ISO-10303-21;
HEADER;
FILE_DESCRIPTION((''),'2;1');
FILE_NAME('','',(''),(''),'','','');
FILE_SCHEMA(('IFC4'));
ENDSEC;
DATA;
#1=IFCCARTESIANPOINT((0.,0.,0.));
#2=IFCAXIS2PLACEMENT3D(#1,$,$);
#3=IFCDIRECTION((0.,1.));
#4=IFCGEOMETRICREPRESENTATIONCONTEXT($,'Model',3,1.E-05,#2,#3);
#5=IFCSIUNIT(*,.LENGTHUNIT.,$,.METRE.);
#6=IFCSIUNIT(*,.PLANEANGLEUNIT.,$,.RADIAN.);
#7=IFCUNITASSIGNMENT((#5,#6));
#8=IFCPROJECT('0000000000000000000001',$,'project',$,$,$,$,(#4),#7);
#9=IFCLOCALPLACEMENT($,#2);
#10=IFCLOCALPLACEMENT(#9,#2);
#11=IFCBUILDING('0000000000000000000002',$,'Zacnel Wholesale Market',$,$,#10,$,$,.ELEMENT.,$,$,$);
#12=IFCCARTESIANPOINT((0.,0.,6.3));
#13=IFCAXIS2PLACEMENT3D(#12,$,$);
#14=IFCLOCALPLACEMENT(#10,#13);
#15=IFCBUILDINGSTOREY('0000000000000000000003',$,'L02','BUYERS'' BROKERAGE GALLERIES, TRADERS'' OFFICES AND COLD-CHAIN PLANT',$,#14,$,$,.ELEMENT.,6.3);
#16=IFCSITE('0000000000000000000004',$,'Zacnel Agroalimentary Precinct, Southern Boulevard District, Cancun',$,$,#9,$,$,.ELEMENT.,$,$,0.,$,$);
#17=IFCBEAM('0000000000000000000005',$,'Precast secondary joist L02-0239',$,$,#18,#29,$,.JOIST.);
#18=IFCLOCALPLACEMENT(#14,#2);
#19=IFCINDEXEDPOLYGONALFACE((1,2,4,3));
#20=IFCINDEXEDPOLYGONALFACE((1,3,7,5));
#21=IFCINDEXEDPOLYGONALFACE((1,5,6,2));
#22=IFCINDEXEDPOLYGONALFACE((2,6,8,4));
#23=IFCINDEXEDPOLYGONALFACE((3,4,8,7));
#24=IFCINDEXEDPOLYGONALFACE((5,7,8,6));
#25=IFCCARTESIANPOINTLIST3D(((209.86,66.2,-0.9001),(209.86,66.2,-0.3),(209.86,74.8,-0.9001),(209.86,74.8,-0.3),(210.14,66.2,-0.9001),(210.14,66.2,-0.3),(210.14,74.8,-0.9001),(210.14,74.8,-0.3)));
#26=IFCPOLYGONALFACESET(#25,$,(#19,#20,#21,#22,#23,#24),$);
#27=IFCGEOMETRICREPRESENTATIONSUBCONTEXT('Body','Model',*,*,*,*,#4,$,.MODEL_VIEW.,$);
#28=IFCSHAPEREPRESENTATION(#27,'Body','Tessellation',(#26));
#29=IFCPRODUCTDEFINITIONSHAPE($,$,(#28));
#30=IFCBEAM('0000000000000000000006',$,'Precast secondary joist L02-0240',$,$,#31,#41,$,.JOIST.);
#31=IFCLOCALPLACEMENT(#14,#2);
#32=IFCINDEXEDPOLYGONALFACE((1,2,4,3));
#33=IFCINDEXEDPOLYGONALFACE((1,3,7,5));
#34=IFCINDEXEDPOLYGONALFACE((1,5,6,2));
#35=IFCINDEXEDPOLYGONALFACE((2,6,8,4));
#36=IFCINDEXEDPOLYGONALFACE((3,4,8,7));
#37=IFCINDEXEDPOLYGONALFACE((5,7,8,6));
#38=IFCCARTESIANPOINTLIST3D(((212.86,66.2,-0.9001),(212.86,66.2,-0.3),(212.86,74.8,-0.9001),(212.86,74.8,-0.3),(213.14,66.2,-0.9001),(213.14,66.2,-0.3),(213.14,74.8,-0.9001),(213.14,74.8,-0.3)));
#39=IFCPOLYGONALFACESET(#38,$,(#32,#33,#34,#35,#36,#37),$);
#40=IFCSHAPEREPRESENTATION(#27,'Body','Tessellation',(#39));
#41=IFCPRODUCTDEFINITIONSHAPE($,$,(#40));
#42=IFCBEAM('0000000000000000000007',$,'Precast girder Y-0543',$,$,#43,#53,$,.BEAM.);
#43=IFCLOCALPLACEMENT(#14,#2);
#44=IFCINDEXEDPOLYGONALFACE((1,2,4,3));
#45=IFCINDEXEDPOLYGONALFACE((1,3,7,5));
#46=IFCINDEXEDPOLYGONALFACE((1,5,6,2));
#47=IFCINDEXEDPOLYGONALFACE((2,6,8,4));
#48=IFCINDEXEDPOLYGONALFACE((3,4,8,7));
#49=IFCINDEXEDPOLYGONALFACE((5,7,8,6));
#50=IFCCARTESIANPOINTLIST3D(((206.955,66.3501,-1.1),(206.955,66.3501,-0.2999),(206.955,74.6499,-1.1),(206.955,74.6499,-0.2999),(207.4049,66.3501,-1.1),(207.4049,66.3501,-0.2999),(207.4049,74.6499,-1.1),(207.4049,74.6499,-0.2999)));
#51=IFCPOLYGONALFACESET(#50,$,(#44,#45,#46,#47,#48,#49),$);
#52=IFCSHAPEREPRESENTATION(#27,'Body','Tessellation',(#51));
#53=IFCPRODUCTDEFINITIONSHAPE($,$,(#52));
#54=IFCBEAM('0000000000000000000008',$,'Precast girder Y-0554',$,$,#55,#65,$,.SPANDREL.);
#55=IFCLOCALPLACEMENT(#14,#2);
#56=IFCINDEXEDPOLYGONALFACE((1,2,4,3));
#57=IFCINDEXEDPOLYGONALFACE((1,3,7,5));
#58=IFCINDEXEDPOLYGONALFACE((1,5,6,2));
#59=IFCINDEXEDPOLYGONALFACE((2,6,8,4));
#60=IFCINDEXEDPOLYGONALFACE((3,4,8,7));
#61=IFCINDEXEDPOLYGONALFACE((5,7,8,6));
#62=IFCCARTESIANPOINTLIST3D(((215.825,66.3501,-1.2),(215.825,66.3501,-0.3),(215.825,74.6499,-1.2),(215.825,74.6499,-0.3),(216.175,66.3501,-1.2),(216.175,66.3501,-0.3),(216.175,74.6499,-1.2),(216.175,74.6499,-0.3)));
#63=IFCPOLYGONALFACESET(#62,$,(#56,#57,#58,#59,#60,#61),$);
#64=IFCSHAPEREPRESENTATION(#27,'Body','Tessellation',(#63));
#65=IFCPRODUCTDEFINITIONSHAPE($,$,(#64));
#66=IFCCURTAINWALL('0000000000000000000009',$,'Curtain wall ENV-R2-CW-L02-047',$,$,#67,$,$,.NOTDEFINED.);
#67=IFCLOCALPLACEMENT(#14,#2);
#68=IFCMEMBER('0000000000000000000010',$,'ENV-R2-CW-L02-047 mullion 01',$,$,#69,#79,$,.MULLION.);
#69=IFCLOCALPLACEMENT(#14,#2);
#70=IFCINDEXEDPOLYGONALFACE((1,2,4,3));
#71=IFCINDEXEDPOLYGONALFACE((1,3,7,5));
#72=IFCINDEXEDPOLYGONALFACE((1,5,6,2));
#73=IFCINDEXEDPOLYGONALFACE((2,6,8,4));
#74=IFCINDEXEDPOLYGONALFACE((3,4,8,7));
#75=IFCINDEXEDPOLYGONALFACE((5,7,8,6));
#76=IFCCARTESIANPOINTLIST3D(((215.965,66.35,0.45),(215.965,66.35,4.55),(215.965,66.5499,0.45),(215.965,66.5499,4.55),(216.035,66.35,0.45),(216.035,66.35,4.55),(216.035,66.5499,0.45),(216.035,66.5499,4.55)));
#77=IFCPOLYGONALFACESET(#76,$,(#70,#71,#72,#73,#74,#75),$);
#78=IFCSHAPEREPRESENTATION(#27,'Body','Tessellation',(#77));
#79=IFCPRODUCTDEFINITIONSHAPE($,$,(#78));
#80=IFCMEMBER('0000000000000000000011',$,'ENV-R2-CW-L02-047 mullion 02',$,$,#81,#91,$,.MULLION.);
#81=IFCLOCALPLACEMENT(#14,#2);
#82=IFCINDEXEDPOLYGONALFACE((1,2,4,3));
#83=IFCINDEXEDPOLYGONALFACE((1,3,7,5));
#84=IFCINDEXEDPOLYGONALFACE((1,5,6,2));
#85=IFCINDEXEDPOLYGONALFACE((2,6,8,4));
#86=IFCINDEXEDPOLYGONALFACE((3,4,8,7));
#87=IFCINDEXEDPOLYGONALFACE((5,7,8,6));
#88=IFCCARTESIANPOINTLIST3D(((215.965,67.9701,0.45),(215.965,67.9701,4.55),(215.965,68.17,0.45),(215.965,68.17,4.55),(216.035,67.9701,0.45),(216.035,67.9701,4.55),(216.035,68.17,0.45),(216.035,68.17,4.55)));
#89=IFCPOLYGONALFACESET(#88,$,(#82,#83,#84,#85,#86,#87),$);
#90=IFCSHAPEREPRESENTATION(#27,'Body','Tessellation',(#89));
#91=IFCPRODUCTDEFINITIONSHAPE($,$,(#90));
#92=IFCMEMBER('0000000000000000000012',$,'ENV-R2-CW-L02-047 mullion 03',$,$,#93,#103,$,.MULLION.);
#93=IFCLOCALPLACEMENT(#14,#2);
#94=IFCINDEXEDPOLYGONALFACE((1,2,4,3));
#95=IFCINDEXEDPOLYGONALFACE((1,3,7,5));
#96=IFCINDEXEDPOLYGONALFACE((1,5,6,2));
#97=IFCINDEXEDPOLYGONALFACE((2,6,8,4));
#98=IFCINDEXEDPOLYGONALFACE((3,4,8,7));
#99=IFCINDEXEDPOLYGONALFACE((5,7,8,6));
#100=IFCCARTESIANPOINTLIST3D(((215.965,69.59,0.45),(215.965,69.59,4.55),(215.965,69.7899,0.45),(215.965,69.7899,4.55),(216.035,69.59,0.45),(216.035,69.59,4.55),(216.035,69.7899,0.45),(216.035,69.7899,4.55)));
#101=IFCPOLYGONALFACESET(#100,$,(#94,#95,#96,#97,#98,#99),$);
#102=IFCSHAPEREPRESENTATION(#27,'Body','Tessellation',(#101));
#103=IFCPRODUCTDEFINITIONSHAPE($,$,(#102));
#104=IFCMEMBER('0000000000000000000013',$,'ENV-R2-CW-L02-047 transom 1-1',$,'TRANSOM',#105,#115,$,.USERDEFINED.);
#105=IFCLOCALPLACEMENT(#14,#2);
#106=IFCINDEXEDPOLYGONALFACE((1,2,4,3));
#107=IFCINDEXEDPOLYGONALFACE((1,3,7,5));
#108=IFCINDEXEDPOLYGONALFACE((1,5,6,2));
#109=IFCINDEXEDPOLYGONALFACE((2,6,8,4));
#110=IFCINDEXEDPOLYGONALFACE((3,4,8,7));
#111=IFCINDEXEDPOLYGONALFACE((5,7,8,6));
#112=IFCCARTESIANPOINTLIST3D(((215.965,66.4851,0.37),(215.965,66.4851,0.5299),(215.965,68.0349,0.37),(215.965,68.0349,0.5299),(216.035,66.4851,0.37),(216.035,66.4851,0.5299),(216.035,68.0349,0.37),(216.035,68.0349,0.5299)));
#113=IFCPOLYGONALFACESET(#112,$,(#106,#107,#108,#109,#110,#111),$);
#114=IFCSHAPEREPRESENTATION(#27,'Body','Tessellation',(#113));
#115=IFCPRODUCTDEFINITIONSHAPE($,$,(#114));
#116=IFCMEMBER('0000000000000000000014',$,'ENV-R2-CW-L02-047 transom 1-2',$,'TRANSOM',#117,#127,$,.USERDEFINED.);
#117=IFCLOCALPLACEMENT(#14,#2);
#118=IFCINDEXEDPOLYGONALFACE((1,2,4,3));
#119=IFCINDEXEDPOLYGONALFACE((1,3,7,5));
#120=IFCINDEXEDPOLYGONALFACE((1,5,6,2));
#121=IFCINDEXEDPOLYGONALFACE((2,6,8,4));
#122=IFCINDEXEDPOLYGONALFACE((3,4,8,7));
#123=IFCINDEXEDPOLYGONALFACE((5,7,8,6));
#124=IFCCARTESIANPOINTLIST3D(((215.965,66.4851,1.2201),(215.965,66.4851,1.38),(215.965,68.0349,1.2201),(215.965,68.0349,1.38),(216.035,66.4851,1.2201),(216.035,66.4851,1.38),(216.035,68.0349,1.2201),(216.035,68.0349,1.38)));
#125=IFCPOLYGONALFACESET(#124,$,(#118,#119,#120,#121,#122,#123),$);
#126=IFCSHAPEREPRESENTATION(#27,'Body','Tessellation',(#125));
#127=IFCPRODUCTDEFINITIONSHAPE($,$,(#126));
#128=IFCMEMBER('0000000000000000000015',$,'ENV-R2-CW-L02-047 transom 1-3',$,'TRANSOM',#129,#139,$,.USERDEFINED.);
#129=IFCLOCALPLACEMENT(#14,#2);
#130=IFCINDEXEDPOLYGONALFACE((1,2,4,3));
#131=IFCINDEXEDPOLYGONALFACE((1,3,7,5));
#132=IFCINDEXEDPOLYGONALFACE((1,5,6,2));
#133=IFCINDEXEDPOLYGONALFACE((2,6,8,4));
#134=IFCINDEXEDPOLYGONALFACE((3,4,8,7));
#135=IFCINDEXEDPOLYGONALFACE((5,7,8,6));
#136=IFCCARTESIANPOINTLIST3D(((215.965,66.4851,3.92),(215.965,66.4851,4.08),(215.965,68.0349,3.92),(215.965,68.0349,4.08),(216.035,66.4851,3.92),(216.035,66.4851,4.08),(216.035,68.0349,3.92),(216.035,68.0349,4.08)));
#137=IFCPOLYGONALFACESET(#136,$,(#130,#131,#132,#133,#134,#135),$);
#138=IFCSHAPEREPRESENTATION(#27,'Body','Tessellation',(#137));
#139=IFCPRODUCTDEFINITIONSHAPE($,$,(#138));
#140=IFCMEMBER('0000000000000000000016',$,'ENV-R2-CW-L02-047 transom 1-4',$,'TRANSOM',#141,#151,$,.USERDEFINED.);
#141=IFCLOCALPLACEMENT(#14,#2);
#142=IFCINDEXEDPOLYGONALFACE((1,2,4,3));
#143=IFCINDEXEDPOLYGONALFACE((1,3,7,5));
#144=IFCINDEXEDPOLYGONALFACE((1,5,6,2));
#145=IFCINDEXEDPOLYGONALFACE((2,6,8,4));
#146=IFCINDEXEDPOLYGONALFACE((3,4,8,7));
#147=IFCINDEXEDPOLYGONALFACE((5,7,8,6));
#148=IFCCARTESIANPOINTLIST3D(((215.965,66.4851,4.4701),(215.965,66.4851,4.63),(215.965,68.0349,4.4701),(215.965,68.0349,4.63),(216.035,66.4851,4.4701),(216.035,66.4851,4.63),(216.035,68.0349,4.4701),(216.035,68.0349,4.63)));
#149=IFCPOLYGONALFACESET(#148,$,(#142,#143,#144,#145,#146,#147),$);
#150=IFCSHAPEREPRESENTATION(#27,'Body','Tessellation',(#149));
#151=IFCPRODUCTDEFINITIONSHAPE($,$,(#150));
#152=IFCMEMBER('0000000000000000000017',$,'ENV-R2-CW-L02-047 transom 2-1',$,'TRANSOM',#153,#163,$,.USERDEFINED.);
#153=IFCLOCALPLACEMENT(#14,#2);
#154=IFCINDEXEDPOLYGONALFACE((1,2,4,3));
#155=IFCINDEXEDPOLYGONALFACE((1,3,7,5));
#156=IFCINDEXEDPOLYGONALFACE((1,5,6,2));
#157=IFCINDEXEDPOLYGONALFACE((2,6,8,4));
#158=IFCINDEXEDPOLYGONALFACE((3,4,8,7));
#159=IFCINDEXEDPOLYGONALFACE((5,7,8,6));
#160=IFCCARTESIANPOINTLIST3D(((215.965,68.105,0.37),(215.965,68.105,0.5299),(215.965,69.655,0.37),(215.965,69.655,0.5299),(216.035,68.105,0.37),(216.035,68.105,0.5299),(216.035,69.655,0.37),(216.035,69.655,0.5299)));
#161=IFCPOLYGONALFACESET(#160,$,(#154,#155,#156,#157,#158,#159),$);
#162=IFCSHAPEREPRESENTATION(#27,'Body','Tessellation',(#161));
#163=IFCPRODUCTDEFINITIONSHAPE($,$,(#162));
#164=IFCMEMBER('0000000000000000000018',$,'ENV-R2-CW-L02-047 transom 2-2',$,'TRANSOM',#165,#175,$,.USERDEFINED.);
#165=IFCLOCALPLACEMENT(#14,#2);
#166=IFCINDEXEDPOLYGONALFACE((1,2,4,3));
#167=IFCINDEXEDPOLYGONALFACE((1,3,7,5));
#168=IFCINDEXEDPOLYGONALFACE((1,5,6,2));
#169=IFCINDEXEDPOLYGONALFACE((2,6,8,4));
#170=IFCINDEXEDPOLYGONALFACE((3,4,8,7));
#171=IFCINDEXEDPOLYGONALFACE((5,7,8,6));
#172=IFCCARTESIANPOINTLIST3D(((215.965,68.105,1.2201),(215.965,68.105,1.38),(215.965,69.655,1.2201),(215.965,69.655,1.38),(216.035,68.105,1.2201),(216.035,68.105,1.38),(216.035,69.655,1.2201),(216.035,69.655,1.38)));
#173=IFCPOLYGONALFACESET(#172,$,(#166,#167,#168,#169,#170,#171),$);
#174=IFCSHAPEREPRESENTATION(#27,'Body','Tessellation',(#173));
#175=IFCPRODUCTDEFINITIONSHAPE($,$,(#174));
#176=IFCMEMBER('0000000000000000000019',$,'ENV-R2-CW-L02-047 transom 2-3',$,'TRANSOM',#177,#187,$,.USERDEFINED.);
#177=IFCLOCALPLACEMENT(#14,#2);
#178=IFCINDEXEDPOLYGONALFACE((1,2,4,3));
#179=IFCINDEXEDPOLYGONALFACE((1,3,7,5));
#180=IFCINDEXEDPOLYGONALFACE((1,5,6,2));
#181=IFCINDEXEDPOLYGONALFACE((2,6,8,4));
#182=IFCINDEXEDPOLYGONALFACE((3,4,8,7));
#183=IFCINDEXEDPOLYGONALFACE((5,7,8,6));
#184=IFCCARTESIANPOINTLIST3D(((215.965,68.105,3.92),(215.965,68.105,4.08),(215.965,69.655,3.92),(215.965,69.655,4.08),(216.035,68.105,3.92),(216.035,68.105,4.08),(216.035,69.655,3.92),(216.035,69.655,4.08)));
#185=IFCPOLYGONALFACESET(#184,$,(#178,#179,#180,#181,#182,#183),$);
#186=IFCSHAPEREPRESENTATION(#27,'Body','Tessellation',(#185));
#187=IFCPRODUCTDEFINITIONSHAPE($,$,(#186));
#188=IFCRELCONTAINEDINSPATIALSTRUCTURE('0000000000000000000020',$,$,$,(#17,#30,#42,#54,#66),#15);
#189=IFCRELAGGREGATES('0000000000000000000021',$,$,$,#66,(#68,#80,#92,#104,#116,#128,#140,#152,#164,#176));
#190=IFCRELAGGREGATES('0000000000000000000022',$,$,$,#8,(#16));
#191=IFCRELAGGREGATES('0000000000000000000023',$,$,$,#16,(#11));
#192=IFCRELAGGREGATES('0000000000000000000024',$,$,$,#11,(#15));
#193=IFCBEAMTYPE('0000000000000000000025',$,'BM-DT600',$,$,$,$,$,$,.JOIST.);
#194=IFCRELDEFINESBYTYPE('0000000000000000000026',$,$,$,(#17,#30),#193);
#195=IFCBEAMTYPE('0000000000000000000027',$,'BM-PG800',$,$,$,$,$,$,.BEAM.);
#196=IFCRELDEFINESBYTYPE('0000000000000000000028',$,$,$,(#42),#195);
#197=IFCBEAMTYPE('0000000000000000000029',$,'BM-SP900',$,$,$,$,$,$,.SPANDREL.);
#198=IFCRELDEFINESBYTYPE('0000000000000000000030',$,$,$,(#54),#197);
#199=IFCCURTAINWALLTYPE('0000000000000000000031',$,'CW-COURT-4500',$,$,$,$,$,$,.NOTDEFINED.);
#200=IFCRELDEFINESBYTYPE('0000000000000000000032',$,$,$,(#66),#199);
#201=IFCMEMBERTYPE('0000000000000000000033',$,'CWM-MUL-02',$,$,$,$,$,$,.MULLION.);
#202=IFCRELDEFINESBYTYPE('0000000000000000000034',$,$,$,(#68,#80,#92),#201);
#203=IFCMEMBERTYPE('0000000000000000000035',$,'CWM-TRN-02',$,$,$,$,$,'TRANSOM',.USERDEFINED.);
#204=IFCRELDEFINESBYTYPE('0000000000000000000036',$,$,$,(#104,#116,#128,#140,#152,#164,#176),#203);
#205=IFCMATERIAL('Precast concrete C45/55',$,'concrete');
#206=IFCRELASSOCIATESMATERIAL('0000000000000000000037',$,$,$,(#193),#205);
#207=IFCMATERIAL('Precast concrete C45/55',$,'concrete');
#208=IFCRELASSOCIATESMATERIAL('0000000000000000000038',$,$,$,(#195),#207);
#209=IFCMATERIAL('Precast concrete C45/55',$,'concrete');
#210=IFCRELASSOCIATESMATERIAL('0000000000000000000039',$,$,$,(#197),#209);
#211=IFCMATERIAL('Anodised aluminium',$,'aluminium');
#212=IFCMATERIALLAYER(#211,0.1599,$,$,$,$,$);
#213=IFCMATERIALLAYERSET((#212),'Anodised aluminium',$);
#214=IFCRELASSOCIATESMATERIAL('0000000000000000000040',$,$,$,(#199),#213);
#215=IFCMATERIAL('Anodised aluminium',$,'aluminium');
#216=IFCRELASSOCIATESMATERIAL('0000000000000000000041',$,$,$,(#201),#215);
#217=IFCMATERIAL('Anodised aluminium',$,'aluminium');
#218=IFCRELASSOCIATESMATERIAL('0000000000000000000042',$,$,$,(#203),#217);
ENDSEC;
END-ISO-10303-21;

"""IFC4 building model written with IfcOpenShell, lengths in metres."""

from ifc_helpers import new_model, si_unit, direction, frame, origin, origin_2d, place, context, subcontext, project, spatial, rectangle, extrude, material, layer, layer_set, material_profile, profile_set, type_object, element, aggregate, save


model = new_model("IFC4")

# Units and contexts
model_context = context("Model", 3, precision=1e-05, world=origin(), true_north=direction((0.0, 1.0)))
body_context = subcontext(model_context, "Body", "Model", "MODEL_VIEW")
ifc_project = project(units=[si_unit("LENGTHUNIT", "METRE"), si_unit("PLANEANGLEUNIT", "RADIAN")], contexts=[model_context])

# Site, building, storey
site_placement = place(None, origin())
site = spatial("IfcSite", under=ifc_project, at=site_placement, Name="Zacnel Agroalimentary Precinct, Southern Boulevard District, Cancun", CompositionType="ELEMENT", RefElevation=0.0)
building_placement = place(site_placement, origin())
building = spatial("IfcBuilding", under=site, at=building_placement, Name="Zacnel Wholesale Market", CompositionType="ELEMENT")
storey_placement = place(building_placement, frame((0.0, 0.0, 6.3)))
storey = spatial("IfcBuildingStorey", under=building, at=storey_placement, Name="L02", Description="BUYERS' BROKERAGE GALLERIES, TRADERS' OFFICES AND COLD-CHAIN PLANT", CompositionType="ELEMENT", Elevation=6.3)

# Beams
ifc_material_1 = material(Name="Precast concrete C45/55", Category="concrete")
ifc_material_profile_1 = material_profile(ifc_material_1, rectangle(XDim=0.28, YDim=0.6001, at=origin_2d()), Name="DT RIB 280x600")
ifc_profile_set_1 = profile_set([ifc_material_profile_1], Name="Precast concrete C45/55")
beam_type_1 = type_object("IfcBeamType", Name="BM-DT600", PredefinedType="JOIST", material=ifc_profile_set_1)
for number, where, z_axis, x_axis, name in (
    (1, (210.0, 66.2, -0.6001), (0.0, 1.0, 0.0), (-1.0, 0.0, 0.0), "Precast secondary joist L02-0239"),
    (2, (213.0, 66.2, -0.6001), (0.0, 1.0, 0.0), (-1.0, 0.0, 0.0), "Precast secondary joist L02-0240"),
):
    element("IfcBeam", number, at=place(storey_placement, frame(where, z_axis=z_axis, x_axis=x_axis)), inside=storey, type_object=beam_type_1, Name=name, PredefinedType="JOIST", context=body_context, shape_type="SweptSolid", body=[
        extrude(rectangle(XDim=0.28, YDim=0.6001, at=origin_2d()), origin(), (0.0, 0.0, 1.0), 8.6001),
    ])
ifc_material_2 = material(Name="Precast concrete C45/55", Category="concrete")
ifc_material_profile_2 = material_profile(ifc_material_2, rectangle(XDim=0.45, YDim=0.8, at=origin_2d()), Name="PG 450x800")
ifc_profile_set_2 = profile_set([ifc_material_profile_2], Name="Precast concrete C45/55")
beam_type_2 = type_object("IfcBeamType", Name="BM-PG800", PredefinedType="BEAM", material=ifc_profile_set_2)
beam_1_placement = place(storey_placement, frame((207.1799, 66.3501, -0.7), z_axis=(0.0, 1.0, 0.0), x_axis=(-1.0, 0.0, 0.0)))
element("IfcBeam", 3, at=beam_1_placement, inside=storey, type_object=beam_type_2, Name="Precast girder Y-0543", PredefinedType="BEAM", context=body_context, shape_type="SweptSolid", body=[
    extrude(rectangle(XDim=0.45, YDim=0.8, at=origin_2d()), origin(), (0.0, 0.0, 1.0), 8.2998),
])
ifc_material_3 = material(Name="Precast concrete C45/55", Category="concrete")
ifc_material_profile_3 = material_profile(ifc_material_3, rectangle(XDim=0.3501, YDim=0.8999, at=origin_2d()), Name="SP 350x900")
ifc_profile_set_3 = profile_set([ifc_material_profile_3], Name="Precast concrete C45/55")
beam_type_3 = type_object("IfcBeamType", Name="BM-SP900", PredefinedType="SPANDREL", material=ifc_profile_set_3)
beam_2_placement = place(storey_placement, frame((216.0, 66.3501, -0.75), z_axis=(0.0, 1.0, 0.0), x_axis=(-1.0, 0.0, 0.0)))
element("IfcBeam", 4, at=beam_2_placement, inside=storey, type_object=beam_type_3, Name="Precast girder Y-0554", PredefinedType="SPANDREL", context=body_context, shape_type="SweptSolid", body=[
    extrude(rectangle(XDim=0.3501, YDim=0.8999, at=origin_2d()), origin(), (0.0, 0.0, 1.0), 8.2998),
])

# Curtain wall, members
ifc_material_4 = material(Name="Anodised aluminium", Category="aluminium")
ifc_layer_1 = layer(ifc_material_4, 0.1599)
ifc_layer_set_1 = layer_set([ifc_layer_1], Name="Anodised aluminium")
curtain_wall_type = type_object("IfcCurtainWallType", Name="CW-COURT-4500", PredefinedType="NOTDEFINED", material=ifc_layer_set_1)
curtain_wall_placement = place(storey_placement, origin())
curtain_wall = element("IfcCurtainWall", 5, at=curtain_wall_placement, inside=storey, type_object=curtain_wall_type, Name="Curtain wall ENV-R2-CW-L02-047", PredefinedType="NOTDEFINED")
ifc_material_5 = material(Name="Anodised aluminium", Category="aluminium")
ifc_material_profile_4 = material_profile(ifc_material_5, rectangle(XDim=0.0701, YDim=0.2, at=origin_2d()), Name="AW-MULLION 70x200")
ifc_profile_set_4 = profile_set([ifc_material_profile_4], Name="Anodised aluminium")
member_type_1 = type_object("IfcMemberType", Name="CWM-MUL-02", PredefinedType="MULLION", material=ifc_profile_set_4)
member_1_placement = place(storey_placement, frame((216.0, 66.45, 0.45), z_axis=(0.0, 0.0, 1.0), x_axis=(1.0, 0.0, 0.0)))
member_1 = element("IfcMember", 6, at=member_1_placement, type_object=member_type_1, Name="ENV-R2-CW-L02-047 mullion 01", PredefinedType="MULLION", context=body_context, shape_type="SweptSolid", body=[
    extrude(rectangle(XDim=0.0701, YDim=0.2, at=origin_2d()), origin(), (0.0, 0.0, 1.0), 4.1001),
])
member_2_placement = place(storey_placement, frame((216.0, 68.0701, 0.45), z_axis=(0.0, 0.0, 1.0), x_axis=(1.0, 0.0, 0.0)))
member_2 = element("IfcMember", 7, at=member_2_placement, type_object=member_type_1, Name="ENV-R2-CW-L02-047 mullion 02", PredefinedType="MULLION", context=body_context, shape_type="SweptSolid", body=[
    extrude(rectangle(XDim=0.0701, YDim=0.2, at=origin_2d()), origin(), (0.0, 0.0, 1.0), 4.1001),
])
member_3_placement = place(storey_placement, frame((216.0, 69.6899, 0.45), z_axis=(0.0, 0.0, 1.0), x_axis=(1.0, 0.0, 0.0)))
member_3 = element("IfcMember", 8, at=member_3_placement, type_object=member_type_1, Name="ENV-R2-CW-L02-047 mullion 03", PredefinedType="MULLION", context=body_context, shape_type="SweptSolid", body=[
    extrude(rectangle(XDim=0.0701, YDim=0.2, at=origin_2d()), origin(), (0.0, 0.0, 1.0), 4.1001),
])
ifc_material_6 = material(Name="Anodised aluminium", Category="aluminium")
ifc_material_profile_5 = material_profile(ifc_material_6, rectangle(XDim=0.0701, YDim=0.1599, at=origin_2d()), Name="AW-TRANSOM 70x160")
ifc_profile_set_5 = profile_set([ifc_material_profile_5], Name="Anodised aluminium")
member_type_2 = type_object("IfcMemberType", Name="CWM-TRN-02", ElementType="TRANSOM", PredefinedType="USERDEFINED", material=ifc_profile_set_5)
member_4_placement = place(storey_placement, frame((216.0, 66.4851, 0.45), z_axis=(0.0, 1.0, 0.0), x_axis=(-1.0, 0.0, 0.0)))
member_4 = element("IfcMember", 9, at=member_4_placement, type_object=member_type_2, Name="ENV-R2-CW-L02-047 transom 1-1", ObjectType="TRANSOM", PredefinedType="USERDEFINED", context=body_context, shape_type="SweptSolid", body=[
    extrude(rectangle(XDim=0.0701, YDim=0.1599, at=origin_2d()), origin(), (0.0, 0.0, 1.0), 1.5498),
])
member_5_placement = place(storey_placement, frame((216.0, 66.4851, 1.3), z_axis=(0.0, 1.0, 0.0), x_axis=(-1.0, 0.0, 0.0)))
member_5 = element("IfcMember", 10, at=member_5_placement, type_object=member_type_2, Name="ENV-R2-CW-L02-047 transom 1-2", ObjectType="TRANSOM", PredefinedType="USERDEFINED", context=body_context, shape_type="SweptSolid", body=[
    extrude(rectangle(XDim=0.0701, YDim=0.1599, at=origin_2d()), origin(), (0.0, 0.0, 1.0), 1.5498),
])
member_6_placement = place(storey_placement, frame((216.0, 66.4851, 4.0), z_axis=(0.0, 1.0, 0.0), x_axis=(-1.0, 0.0, 0.0)))
member_6 = element("IfcMember", 11, at=member_6_placement, type_object=member_type_2, Name="ENV-R2-CW-L02-047 transom 1-3", ObjectType="TRANSOM", PredefinedType="USERDEFINED", context=body_context, shape_type="SweptSolid", body=[
    extrude(rectangle(XDim=0.0701, YDim=0.1599, at=origin_2d()), origin(), (0.0, 0.0, 1.0), 1.5498),
])
member_7_placement = place(storey_placement, frame((216.0, 66.4851, 4.55), z_axis=(0.0, 1.0, 0.0), x_axis=(-1.0, 0.0, 0.0)))
member_7 = element("IfcMember", 12, at=member_7_placement, type_object=member_type_2, Name="ENV-R2-CW-L02-047 transom 1-4", ObjectType="TRANSOM", PredefinedType="USERDEFINED", context=body_context, shape_type="SweptSolid", body=[
    extrude(rectangle(XDim=0.0701, YDim=0.1599, at=origin_2d()), origin(), (0.0, 0.0, 1.0), 1.5498),
])
member_8_placement = place(storey_placement, frame((216.0, 68.105, 0.45), z_axis=(0.0, 1.0, 0.0), x_axis=(-1.0, 0.0, 0.0)))
member_8 = element("IfcMember", 13, at=member_8_placement, type_object=member_type_2, Name="ENV-R2-CW-L02-047 transom 2-1", ObjectType="TRANSOM", PredefinedType="USERDEFINED", context=body_context, shape_type="SweptSolid", body=[
    extrude(rectangle(XDim=0.0701, YDim=0.1599, at=origin_2d()), origin(), (0.0, 0.0, 1.0), 1.55),
])
member_9_placement = place(storey_placement, frame((216.0, 68.105, 1.3), z_axis=(0.0, 1.0, 0.0), x_axis=(-1.0, 0.0, 0.0)))
member_9 = element("IfcMember", 14, at=member_9_placement, type_object=member_type_2, Name="ENV-R2-CW-L02-047 transom 2-2", ObjectType="TRANSOM", PredefinedType="USERDEFINED", context=body_context, shape_type="SweptSolid", body=[
    extrude(rectangle(XDim=0.0701, YDim=0.1599, at=origin_2d()), origin(), (0.0, 0.0, 1.0), 1.55),
])
member_10_placement = place(storey_placement, frame((216.0, 68.105, 4.0), z_axis=(0.0, 1.0, 0.0), x_axis=(-1.0, 0.0, 0.0)))
member_10 = element("IfcMember", 15, at=member_10_placement, type_object=member_type_2, Name="ENV-R2-CW-L02-047 transom 2-3", ObjectType="TRANSOM", PredefinedType="USERDEFINED", context=body_context, shape_type="SweptSolid", body=[
    extrude(rectangle(XDim=0.0701, YDim=0.1599, at=origin_2d()), origin(), (0.0, 0.0, 1.0), 1.55),
])
aggregate(curtain_wall, [member_1, member_2, member_3, member_4, member_5, member_6, member_7, member_8, member_9, member_10])

save(model, "model.ifc")
